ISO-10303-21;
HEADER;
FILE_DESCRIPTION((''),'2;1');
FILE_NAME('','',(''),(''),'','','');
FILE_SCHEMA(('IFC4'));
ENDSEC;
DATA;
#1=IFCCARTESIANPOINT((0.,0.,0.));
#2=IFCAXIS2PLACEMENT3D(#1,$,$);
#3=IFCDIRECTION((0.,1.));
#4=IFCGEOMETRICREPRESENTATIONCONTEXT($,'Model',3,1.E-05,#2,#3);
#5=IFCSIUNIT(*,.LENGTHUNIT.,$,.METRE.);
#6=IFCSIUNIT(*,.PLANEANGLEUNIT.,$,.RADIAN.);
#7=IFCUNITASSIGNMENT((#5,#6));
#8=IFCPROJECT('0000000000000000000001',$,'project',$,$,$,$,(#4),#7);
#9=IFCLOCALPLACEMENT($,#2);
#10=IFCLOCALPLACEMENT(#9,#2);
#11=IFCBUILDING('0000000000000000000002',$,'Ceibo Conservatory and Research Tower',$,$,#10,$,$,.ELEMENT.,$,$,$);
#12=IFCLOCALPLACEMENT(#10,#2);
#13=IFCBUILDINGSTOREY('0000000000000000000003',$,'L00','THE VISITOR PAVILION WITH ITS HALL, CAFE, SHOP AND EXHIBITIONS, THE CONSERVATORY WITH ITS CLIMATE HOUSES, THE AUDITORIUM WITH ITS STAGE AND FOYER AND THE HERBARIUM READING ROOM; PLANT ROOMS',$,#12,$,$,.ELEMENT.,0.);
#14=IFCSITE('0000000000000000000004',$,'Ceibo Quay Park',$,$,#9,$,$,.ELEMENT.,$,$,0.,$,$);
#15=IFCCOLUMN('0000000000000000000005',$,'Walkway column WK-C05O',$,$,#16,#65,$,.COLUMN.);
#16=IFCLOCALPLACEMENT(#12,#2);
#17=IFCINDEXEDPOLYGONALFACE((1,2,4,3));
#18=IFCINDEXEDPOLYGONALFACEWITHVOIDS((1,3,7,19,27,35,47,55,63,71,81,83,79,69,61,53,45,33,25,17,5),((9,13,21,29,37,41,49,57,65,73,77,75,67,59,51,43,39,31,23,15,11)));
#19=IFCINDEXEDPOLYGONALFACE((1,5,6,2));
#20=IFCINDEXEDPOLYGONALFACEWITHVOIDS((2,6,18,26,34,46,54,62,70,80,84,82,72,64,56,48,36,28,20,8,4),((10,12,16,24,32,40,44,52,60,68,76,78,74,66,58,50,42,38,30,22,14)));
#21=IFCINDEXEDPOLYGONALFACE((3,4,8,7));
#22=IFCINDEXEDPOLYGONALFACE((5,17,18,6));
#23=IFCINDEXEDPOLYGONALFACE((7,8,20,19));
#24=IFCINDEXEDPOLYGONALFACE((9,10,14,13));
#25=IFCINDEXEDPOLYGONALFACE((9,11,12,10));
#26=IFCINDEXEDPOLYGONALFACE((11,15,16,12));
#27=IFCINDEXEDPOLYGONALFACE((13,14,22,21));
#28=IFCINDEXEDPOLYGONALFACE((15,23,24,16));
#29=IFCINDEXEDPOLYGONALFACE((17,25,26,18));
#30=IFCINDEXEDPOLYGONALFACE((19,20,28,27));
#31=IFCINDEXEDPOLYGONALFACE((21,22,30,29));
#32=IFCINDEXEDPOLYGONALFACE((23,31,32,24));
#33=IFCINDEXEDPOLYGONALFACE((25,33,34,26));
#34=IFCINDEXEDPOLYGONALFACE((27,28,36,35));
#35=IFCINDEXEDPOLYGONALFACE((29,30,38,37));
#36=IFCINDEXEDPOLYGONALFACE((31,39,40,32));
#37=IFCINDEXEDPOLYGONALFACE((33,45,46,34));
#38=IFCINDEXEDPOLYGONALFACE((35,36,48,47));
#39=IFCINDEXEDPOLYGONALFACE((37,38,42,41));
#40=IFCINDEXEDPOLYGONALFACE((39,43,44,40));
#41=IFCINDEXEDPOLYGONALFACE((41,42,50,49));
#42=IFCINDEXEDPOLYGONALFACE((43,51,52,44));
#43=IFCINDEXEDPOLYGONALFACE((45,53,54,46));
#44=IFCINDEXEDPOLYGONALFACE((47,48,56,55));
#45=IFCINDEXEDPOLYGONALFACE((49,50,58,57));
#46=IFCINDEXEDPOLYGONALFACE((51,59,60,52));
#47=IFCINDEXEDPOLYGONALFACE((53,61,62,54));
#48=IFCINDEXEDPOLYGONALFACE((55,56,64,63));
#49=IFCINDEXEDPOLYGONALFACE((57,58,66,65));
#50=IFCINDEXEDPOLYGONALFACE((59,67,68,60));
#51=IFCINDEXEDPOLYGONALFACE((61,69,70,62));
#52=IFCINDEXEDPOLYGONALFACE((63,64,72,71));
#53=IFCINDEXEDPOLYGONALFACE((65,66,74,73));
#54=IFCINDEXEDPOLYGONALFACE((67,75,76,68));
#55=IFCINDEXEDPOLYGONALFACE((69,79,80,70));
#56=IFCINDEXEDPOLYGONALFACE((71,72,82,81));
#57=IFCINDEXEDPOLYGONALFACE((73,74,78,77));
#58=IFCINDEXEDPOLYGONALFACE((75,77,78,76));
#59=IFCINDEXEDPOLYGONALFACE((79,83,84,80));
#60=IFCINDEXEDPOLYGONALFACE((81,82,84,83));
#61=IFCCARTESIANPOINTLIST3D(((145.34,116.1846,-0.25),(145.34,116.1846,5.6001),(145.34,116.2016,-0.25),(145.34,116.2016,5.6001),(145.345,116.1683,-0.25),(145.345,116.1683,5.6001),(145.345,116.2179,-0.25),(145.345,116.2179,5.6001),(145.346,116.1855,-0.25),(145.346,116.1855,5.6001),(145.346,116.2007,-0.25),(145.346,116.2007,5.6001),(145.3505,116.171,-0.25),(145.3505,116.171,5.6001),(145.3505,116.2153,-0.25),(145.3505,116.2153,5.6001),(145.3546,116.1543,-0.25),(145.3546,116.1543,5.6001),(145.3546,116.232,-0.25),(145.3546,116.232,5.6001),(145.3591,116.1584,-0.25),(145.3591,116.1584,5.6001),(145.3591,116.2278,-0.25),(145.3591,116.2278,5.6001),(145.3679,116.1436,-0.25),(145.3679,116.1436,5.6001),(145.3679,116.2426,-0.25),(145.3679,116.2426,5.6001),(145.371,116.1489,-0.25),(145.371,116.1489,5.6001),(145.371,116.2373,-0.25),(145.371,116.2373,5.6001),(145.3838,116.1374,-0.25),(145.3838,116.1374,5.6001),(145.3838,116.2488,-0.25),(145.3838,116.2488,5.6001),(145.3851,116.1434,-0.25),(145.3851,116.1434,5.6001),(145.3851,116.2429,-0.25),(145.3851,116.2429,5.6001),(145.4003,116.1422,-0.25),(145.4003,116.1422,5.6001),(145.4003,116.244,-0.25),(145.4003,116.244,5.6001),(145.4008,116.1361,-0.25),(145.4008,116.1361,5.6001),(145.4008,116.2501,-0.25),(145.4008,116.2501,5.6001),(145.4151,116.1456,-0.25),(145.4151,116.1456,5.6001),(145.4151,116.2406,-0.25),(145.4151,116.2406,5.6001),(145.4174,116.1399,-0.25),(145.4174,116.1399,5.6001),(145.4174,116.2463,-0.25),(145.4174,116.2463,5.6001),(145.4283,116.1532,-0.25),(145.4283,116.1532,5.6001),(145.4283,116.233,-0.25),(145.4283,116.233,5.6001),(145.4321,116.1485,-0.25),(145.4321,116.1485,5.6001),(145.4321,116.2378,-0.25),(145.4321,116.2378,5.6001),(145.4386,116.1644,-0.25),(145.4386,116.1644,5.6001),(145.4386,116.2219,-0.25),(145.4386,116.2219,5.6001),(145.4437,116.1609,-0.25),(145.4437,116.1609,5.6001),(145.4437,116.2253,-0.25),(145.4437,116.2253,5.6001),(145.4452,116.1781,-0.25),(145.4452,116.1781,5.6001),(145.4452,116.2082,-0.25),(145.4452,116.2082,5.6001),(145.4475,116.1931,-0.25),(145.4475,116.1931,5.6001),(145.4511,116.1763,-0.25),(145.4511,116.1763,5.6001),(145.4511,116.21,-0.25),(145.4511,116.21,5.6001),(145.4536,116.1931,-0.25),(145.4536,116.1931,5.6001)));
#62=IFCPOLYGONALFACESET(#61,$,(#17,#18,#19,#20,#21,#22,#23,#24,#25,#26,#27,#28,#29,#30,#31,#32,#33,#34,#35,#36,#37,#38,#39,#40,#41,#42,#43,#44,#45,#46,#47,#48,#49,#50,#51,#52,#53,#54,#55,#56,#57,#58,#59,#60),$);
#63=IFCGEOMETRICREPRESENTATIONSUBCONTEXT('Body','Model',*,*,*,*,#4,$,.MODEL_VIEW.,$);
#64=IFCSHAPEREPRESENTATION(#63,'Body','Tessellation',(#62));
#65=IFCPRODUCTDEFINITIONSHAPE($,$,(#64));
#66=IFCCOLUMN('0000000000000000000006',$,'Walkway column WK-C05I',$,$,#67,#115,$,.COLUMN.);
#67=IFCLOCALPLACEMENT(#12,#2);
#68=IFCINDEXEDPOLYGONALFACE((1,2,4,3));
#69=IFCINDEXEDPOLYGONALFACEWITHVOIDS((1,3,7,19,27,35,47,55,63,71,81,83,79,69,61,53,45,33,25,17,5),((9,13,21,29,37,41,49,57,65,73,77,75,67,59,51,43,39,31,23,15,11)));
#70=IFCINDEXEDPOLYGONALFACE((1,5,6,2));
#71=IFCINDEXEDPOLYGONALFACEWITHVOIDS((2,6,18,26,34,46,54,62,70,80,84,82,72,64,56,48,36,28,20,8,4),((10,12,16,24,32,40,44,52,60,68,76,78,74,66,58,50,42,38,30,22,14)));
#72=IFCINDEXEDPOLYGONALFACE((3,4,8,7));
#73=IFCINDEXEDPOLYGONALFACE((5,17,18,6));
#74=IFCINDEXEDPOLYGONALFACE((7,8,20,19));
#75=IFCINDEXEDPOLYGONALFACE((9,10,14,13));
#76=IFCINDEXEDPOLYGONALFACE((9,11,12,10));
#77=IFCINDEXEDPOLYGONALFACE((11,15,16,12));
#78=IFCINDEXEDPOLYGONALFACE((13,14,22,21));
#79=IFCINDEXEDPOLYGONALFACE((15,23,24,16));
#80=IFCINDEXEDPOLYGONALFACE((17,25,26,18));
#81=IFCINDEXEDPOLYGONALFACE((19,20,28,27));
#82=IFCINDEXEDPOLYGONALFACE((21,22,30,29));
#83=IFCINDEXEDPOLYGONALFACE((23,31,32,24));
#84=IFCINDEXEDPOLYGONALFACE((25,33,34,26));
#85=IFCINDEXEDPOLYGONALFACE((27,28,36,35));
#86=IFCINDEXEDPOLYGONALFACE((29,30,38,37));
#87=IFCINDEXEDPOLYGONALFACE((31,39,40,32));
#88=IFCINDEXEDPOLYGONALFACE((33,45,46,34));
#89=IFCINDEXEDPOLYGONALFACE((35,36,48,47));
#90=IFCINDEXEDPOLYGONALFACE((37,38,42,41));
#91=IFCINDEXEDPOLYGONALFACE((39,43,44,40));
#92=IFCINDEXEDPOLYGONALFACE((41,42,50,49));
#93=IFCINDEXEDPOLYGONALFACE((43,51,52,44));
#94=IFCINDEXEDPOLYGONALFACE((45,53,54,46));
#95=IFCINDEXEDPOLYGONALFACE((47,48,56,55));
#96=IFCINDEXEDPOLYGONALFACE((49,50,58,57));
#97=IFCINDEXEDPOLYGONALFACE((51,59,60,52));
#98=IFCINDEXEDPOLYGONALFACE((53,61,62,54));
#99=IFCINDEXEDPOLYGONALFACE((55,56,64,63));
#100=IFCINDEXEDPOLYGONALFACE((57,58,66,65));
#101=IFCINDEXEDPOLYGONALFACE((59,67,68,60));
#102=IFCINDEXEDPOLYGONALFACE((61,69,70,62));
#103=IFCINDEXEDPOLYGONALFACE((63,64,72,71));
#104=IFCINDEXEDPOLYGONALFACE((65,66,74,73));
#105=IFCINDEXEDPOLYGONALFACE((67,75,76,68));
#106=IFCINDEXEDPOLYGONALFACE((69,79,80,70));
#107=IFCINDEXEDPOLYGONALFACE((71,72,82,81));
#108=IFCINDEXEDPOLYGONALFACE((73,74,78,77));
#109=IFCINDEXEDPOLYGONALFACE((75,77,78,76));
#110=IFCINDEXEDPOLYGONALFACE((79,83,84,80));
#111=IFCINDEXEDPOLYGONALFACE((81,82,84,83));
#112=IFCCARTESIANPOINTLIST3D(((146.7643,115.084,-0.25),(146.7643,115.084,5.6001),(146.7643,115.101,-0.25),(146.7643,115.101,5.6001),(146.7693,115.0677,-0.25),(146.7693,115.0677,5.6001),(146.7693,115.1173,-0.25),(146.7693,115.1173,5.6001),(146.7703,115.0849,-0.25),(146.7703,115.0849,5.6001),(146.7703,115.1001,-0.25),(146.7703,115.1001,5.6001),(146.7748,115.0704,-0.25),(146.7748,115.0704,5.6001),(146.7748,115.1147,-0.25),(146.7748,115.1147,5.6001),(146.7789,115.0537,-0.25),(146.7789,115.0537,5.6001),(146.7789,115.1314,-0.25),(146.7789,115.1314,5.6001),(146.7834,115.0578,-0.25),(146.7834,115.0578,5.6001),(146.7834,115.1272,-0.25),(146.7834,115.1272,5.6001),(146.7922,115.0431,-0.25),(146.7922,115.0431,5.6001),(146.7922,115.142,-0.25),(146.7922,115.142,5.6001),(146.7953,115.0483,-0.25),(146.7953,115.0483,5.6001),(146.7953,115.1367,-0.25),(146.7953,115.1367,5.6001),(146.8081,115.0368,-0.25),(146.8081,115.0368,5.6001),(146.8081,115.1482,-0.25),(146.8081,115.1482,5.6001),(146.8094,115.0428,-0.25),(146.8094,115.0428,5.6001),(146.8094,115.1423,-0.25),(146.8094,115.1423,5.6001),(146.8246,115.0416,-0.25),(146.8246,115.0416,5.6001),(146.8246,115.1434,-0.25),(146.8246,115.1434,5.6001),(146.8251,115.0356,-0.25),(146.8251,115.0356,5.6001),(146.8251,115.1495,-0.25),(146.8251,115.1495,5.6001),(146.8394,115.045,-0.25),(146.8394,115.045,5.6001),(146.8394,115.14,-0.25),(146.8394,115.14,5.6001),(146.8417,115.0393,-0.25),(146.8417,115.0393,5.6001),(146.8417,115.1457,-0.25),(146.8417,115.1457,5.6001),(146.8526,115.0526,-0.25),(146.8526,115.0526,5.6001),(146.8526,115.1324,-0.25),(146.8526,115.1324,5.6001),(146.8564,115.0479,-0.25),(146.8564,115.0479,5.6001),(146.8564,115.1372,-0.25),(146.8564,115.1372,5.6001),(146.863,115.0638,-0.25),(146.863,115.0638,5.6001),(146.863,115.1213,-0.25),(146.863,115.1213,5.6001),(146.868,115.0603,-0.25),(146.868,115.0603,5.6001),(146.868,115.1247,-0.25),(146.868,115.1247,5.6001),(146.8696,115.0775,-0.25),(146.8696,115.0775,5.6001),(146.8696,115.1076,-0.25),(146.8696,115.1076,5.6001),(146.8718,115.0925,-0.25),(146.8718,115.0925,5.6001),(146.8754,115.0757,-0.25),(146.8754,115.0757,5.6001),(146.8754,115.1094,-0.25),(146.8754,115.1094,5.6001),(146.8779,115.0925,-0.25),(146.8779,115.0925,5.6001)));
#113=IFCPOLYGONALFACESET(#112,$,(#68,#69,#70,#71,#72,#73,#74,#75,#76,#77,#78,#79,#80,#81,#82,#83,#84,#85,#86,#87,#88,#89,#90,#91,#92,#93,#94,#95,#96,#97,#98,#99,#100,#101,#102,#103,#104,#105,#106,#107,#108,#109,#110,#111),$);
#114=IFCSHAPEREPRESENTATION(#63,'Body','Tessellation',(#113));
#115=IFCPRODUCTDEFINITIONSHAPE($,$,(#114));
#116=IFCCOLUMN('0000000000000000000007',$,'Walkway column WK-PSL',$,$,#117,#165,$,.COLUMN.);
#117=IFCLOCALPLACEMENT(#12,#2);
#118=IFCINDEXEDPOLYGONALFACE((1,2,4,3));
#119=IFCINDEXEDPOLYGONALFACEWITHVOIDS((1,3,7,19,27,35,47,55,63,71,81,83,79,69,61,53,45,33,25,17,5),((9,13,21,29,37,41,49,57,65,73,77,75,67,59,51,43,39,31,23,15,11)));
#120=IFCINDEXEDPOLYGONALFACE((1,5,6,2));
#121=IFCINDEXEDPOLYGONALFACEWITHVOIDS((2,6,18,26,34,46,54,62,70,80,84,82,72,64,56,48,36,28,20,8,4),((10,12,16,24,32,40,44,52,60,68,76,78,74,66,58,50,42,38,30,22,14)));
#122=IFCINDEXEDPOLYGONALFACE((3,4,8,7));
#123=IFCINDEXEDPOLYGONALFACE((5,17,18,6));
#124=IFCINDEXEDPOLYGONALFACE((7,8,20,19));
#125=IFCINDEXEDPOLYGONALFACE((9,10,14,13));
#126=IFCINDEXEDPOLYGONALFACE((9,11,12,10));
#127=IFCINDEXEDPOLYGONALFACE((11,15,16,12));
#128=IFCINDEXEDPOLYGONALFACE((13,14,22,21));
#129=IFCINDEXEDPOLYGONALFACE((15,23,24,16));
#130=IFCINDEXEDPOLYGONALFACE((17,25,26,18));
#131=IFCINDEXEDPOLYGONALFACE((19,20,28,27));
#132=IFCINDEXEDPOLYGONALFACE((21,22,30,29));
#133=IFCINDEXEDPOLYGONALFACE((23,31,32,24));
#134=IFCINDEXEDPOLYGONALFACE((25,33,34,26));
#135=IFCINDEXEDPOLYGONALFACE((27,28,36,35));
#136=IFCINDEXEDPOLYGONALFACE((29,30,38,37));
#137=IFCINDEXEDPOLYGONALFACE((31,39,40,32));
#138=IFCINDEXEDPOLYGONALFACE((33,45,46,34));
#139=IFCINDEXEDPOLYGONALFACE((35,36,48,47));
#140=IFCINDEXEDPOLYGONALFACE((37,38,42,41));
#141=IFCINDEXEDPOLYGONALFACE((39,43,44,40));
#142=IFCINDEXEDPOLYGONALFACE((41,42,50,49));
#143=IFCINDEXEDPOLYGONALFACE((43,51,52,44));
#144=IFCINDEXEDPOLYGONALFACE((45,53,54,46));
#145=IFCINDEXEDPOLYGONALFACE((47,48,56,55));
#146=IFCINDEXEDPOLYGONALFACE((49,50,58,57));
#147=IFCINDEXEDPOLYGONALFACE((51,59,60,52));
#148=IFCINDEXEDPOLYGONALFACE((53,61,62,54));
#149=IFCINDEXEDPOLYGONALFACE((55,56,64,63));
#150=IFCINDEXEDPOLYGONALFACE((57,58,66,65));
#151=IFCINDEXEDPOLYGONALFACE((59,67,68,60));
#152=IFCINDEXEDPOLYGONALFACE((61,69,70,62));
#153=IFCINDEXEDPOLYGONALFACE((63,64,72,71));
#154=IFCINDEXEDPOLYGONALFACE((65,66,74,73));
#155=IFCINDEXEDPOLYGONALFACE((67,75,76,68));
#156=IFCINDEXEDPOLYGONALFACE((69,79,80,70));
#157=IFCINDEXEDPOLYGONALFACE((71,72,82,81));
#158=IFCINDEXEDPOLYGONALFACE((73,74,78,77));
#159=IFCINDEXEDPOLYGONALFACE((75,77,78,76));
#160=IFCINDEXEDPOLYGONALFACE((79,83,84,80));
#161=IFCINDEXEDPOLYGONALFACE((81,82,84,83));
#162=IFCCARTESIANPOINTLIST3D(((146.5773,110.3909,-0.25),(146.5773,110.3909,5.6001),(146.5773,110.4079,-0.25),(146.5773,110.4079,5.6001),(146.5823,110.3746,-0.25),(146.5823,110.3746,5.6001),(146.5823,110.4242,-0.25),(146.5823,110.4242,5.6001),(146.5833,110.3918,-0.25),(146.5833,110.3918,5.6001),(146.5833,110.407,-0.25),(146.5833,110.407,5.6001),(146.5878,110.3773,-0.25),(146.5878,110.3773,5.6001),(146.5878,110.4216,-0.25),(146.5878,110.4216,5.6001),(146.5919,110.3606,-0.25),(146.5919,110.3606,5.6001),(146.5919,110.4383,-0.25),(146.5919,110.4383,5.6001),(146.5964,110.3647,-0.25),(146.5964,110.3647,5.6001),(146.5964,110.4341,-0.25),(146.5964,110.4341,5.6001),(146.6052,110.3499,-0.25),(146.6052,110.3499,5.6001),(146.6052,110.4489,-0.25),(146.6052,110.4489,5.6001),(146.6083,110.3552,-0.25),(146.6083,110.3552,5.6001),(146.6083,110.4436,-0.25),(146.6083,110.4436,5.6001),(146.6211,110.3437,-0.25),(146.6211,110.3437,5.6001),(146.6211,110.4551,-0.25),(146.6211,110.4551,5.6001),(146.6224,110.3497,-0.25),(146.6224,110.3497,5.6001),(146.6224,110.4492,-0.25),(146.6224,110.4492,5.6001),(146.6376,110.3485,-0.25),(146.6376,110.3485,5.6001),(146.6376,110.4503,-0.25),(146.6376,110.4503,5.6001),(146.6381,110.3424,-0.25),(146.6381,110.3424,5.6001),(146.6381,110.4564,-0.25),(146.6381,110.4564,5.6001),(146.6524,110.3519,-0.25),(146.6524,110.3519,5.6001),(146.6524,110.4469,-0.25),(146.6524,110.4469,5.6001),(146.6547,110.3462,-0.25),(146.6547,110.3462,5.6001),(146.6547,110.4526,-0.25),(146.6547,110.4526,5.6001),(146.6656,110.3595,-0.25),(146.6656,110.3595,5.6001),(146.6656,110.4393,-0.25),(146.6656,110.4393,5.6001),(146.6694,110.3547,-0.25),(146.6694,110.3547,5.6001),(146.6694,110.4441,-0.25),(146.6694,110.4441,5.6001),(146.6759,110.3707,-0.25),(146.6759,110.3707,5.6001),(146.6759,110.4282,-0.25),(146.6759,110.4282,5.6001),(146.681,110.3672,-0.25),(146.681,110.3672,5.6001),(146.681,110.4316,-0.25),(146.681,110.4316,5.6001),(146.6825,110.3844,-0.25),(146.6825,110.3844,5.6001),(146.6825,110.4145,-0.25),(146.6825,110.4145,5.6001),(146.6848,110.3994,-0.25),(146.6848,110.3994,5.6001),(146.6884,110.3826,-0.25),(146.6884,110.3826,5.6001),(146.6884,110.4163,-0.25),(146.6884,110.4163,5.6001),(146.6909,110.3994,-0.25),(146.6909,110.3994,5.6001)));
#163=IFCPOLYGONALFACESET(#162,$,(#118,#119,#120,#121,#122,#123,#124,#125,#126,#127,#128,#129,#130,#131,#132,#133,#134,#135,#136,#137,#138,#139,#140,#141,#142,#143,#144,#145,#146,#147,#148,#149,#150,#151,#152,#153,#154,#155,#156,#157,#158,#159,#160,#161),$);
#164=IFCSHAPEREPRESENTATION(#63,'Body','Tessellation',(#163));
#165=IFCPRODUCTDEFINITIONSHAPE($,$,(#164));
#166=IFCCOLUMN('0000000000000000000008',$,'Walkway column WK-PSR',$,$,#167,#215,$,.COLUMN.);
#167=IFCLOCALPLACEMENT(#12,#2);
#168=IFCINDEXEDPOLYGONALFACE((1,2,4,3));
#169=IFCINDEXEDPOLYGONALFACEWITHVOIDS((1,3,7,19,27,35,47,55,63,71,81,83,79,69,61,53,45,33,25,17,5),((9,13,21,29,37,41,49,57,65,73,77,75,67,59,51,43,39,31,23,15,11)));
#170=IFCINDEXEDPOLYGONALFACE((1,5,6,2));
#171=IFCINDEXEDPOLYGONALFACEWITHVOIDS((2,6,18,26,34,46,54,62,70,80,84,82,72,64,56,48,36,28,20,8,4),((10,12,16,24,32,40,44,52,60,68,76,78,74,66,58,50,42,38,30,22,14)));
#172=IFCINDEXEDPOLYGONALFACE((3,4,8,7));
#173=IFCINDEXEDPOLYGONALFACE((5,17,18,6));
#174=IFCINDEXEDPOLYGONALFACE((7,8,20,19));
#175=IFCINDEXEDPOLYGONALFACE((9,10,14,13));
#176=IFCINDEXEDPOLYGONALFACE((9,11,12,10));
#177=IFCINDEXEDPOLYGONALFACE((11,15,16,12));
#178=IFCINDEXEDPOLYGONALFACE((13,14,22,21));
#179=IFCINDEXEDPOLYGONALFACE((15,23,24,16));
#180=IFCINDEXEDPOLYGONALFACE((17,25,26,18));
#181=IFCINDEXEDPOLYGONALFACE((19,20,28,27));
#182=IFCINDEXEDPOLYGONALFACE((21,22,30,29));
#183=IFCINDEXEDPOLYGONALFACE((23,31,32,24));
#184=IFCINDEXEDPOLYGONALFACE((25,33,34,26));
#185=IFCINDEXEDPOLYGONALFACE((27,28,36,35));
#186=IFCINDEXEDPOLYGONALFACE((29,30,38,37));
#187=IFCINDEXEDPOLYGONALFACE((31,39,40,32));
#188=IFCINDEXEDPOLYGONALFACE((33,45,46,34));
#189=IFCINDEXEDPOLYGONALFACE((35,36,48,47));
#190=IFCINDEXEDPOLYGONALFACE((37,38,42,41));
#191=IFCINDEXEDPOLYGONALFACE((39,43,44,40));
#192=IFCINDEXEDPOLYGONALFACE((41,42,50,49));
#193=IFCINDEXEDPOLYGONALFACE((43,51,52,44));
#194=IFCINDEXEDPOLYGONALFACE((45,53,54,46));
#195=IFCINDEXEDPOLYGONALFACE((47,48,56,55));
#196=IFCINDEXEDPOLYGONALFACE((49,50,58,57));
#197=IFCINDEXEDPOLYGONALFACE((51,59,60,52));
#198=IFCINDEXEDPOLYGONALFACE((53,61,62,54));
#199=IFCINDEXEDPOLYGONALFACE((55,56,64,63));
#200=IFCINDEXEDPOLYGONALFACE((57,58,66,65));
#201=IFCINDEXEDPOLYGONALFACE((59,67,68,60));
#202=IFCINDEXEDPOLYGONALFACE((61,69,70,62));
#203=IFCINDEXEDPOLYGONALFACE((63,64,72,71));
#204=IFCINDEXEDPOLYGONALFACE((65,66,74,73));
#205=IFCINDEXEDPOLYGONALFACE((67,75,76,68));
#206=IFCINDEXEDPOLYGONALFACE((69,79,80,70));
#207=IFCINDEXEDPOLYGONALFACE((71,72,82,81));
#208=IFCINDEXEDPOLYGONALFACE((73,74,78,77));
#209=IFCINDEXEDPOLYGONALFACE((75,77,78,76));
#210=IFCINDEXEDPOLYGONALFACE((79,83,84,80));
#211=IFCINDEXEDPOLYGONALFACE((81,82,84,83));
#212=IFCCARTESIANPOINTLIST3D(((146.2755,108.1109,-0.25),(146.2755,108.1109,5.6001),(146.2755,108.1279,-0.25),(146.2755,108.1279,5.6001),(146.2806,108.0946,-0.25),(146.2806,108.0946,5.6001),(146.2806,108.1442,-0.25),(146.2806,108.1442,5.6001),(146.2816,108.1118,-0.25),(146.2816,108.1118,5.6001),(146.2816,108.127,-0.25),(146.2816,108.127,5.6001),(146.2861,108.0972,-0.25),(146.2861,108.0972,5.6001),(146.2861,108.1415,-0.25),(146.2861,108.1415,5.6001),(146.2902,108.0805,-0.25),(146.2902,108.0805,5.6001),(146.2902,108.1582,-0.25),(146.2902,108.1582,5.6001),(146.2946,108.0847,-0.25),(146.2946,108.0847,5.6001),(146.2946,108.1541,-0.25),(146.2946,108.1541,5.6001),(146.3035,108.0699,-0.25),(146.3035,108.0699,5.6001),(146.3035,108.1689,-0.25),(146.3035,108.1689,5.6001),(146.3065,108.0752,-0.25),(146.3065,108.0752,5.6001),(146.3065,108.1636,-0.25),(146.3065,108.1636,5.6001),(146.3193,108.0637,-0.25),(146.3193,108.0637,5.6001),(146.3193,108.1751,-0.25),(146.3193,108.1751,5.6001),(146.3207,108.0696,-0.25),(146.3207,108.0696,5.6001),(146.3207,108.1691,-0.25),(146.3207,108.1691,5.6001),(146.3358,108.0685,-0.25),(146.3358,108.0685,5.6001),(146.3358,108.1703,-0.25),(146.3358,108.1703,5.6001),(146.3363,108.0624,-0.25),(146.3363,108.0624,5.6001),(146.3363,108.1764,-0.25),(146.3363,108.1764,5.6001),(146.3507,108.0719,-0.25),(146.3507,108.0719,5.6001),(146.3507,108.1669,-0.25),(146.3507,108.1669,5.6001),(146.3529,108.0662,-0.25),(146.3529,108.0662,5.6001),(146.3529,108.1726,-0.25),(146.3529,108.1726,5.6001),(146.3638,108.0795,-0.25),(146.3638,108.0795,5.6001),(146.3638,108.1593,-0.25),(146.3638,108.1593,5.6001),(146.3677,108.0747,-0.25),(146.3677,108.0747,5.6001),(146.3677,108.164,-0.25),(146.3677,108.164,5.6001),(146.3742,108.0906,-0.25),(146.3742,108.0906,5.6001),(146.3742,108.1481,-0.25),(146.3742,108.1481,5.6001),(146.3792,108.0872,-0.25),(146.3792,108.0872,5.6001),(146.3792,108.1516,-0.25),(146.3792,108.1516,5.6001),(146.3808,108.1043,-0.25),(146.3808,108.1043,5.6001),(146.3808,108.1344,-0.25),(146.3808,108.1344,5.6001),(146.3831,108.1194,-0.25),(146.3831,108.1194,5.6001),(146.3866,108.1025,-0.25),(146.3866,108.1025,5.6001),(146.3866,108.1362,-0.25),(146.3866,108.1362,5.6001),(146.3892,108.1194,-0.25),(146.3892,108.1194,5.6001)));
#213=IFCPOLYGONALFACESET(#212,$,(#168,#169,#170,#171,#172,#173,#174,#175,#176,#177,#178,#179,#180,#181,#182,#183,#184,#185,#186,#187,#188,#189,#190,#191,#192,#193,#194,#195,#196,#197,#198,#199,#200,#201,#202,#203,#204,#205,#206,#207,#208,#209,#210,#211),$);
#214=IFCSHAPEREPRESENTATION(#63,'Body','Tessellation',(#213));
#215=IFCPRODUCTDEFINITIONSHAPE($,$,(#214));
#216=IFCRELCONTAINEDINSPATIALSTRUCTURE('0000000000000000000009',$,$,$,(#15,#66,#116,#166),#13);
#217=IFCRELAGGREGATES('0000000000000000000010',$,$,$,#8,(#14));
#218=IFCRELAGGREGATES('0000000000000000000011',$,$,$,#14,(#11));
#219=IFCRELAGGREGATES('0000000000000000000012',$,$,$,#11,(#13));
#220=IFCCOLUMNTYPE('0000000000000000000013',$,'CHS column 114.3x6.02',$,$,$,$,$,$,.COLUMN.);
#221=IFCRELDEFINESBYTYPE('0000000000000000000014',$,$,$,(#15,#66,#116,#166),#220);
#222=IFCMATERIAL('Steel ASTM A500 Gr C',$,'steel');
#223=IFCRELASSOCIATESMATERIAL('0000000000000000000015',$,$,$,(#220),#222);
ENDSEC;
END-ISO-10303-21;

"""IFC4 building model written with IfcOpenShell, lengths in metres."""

from ifc_helpers import new_model, si_unit, direction, frame, origin, origin_2d, place, context, subcontext, project, spatial, hollow_circle, extrude, material, material_profile, profile_set, type_object, element, save


model = new_model("IFC4")

# Units and contexts
model_context = context("Model", 3, precision=1e-05, world=origin(), true_north=direction((0.0, 1.0)))
body_context = subcontext(model_context, "Body", "Model", "MODEL_VIEW")
ifc_project = project(units=[si_unit("LENGTHUNIT", "METRE"), si_unit("PLANEANGLEUNIT", "RADIAN")], contexts=[model_context])

# Site, building, storey
site_placement = place(None, origin())
site = spatial("IfcSite", under=ifc_project, at=site_placement, Name="Ceibo Quay Park", CompositionType="ELEMENT", RefElevation=0.0)
building_placement = place(site_placement, origin())
building = spatial("IfcBuilding", under=site, at=building_placement, Name="Ceibo Conservatory and Research Tower", CompositionType="ELEMENT")
storey_placement = place(building_placement, origin())
storey = spatial("IfcBuildingStorey", under=building, at=storey_placement, Name="L00", Description="THE VISITOR PAVILION WITH ITS HALL, CAFE, SHOP AND EXHIBITIONS, THE CONSERVATORY WITH ITS CLIMATE HOUSES, THE AUDITORIUM WITH ITS STAGE AND FOYER AND THE HERBARIUM READING ROOM; PLANT ROOMS", CompositionType="ELEMENT", Elevation=0.0)

# Columns
ifc_material_1 = material(Name="Steel ASTM A500 Gr C", Category="steel")
ifc_material_profile_1 = material_profile(ifc_material_1, hollow_circle(Radius=0.0571, WallThickness=0.0061, at=origin_2d()), Name="CHS column 114.3x6.02")
ifc_profile_set_1 = profile_set([ifc_material_profile_1], Name="Steel ASTM A500 Gr C")
column_type = type_object("IfcColumnType", Name="CHS column 114.3x6.02", PredefinedType="COLUMN", material=ifc_profile_set_1)
for number, where, z_axis, x_axis, name in (
    (1, (145.3965, 116.1931, -0.25), (0.0, 0.0, 1.0), (1.0, 0.0, 0.0), "Walkway column WK-C05O"),
    (2, (146.8208, 115.0925, -0.25), (0.0, 0.0, 1.0), (1.0, 0.0, 0.0), "Walkway column WK-C05I"),
    (3, (146.6338, 110.3994, -0.25), (0.0, 0.0, 1.0), (1.0, 0.0, 0.0), "Walkway column WK-PSL"),
    (4, (146.332, 108.1194, -0.25), (0.0, 0.0, 1.0), (1.0, 0.0, 0.0), "Walkway column WK-PSR"),
):
    element("IfcColumn", number, at=place(storey_placement, frame(where, z_axis=z_axis, x_axis=x_axis)), inside=storey, type_object=column_type, Name=name, PredefinedType="COLUMN", context=body_context, shape_type="SweptSolid", body=[
        extrude(hollow_circle(Radius=0.0571, WallThickness=0.0061, at=origin_2d()), origin(), (0.0, 0.0, 1.0), 5.8501),
    ])

save(model, "model.ifc")
